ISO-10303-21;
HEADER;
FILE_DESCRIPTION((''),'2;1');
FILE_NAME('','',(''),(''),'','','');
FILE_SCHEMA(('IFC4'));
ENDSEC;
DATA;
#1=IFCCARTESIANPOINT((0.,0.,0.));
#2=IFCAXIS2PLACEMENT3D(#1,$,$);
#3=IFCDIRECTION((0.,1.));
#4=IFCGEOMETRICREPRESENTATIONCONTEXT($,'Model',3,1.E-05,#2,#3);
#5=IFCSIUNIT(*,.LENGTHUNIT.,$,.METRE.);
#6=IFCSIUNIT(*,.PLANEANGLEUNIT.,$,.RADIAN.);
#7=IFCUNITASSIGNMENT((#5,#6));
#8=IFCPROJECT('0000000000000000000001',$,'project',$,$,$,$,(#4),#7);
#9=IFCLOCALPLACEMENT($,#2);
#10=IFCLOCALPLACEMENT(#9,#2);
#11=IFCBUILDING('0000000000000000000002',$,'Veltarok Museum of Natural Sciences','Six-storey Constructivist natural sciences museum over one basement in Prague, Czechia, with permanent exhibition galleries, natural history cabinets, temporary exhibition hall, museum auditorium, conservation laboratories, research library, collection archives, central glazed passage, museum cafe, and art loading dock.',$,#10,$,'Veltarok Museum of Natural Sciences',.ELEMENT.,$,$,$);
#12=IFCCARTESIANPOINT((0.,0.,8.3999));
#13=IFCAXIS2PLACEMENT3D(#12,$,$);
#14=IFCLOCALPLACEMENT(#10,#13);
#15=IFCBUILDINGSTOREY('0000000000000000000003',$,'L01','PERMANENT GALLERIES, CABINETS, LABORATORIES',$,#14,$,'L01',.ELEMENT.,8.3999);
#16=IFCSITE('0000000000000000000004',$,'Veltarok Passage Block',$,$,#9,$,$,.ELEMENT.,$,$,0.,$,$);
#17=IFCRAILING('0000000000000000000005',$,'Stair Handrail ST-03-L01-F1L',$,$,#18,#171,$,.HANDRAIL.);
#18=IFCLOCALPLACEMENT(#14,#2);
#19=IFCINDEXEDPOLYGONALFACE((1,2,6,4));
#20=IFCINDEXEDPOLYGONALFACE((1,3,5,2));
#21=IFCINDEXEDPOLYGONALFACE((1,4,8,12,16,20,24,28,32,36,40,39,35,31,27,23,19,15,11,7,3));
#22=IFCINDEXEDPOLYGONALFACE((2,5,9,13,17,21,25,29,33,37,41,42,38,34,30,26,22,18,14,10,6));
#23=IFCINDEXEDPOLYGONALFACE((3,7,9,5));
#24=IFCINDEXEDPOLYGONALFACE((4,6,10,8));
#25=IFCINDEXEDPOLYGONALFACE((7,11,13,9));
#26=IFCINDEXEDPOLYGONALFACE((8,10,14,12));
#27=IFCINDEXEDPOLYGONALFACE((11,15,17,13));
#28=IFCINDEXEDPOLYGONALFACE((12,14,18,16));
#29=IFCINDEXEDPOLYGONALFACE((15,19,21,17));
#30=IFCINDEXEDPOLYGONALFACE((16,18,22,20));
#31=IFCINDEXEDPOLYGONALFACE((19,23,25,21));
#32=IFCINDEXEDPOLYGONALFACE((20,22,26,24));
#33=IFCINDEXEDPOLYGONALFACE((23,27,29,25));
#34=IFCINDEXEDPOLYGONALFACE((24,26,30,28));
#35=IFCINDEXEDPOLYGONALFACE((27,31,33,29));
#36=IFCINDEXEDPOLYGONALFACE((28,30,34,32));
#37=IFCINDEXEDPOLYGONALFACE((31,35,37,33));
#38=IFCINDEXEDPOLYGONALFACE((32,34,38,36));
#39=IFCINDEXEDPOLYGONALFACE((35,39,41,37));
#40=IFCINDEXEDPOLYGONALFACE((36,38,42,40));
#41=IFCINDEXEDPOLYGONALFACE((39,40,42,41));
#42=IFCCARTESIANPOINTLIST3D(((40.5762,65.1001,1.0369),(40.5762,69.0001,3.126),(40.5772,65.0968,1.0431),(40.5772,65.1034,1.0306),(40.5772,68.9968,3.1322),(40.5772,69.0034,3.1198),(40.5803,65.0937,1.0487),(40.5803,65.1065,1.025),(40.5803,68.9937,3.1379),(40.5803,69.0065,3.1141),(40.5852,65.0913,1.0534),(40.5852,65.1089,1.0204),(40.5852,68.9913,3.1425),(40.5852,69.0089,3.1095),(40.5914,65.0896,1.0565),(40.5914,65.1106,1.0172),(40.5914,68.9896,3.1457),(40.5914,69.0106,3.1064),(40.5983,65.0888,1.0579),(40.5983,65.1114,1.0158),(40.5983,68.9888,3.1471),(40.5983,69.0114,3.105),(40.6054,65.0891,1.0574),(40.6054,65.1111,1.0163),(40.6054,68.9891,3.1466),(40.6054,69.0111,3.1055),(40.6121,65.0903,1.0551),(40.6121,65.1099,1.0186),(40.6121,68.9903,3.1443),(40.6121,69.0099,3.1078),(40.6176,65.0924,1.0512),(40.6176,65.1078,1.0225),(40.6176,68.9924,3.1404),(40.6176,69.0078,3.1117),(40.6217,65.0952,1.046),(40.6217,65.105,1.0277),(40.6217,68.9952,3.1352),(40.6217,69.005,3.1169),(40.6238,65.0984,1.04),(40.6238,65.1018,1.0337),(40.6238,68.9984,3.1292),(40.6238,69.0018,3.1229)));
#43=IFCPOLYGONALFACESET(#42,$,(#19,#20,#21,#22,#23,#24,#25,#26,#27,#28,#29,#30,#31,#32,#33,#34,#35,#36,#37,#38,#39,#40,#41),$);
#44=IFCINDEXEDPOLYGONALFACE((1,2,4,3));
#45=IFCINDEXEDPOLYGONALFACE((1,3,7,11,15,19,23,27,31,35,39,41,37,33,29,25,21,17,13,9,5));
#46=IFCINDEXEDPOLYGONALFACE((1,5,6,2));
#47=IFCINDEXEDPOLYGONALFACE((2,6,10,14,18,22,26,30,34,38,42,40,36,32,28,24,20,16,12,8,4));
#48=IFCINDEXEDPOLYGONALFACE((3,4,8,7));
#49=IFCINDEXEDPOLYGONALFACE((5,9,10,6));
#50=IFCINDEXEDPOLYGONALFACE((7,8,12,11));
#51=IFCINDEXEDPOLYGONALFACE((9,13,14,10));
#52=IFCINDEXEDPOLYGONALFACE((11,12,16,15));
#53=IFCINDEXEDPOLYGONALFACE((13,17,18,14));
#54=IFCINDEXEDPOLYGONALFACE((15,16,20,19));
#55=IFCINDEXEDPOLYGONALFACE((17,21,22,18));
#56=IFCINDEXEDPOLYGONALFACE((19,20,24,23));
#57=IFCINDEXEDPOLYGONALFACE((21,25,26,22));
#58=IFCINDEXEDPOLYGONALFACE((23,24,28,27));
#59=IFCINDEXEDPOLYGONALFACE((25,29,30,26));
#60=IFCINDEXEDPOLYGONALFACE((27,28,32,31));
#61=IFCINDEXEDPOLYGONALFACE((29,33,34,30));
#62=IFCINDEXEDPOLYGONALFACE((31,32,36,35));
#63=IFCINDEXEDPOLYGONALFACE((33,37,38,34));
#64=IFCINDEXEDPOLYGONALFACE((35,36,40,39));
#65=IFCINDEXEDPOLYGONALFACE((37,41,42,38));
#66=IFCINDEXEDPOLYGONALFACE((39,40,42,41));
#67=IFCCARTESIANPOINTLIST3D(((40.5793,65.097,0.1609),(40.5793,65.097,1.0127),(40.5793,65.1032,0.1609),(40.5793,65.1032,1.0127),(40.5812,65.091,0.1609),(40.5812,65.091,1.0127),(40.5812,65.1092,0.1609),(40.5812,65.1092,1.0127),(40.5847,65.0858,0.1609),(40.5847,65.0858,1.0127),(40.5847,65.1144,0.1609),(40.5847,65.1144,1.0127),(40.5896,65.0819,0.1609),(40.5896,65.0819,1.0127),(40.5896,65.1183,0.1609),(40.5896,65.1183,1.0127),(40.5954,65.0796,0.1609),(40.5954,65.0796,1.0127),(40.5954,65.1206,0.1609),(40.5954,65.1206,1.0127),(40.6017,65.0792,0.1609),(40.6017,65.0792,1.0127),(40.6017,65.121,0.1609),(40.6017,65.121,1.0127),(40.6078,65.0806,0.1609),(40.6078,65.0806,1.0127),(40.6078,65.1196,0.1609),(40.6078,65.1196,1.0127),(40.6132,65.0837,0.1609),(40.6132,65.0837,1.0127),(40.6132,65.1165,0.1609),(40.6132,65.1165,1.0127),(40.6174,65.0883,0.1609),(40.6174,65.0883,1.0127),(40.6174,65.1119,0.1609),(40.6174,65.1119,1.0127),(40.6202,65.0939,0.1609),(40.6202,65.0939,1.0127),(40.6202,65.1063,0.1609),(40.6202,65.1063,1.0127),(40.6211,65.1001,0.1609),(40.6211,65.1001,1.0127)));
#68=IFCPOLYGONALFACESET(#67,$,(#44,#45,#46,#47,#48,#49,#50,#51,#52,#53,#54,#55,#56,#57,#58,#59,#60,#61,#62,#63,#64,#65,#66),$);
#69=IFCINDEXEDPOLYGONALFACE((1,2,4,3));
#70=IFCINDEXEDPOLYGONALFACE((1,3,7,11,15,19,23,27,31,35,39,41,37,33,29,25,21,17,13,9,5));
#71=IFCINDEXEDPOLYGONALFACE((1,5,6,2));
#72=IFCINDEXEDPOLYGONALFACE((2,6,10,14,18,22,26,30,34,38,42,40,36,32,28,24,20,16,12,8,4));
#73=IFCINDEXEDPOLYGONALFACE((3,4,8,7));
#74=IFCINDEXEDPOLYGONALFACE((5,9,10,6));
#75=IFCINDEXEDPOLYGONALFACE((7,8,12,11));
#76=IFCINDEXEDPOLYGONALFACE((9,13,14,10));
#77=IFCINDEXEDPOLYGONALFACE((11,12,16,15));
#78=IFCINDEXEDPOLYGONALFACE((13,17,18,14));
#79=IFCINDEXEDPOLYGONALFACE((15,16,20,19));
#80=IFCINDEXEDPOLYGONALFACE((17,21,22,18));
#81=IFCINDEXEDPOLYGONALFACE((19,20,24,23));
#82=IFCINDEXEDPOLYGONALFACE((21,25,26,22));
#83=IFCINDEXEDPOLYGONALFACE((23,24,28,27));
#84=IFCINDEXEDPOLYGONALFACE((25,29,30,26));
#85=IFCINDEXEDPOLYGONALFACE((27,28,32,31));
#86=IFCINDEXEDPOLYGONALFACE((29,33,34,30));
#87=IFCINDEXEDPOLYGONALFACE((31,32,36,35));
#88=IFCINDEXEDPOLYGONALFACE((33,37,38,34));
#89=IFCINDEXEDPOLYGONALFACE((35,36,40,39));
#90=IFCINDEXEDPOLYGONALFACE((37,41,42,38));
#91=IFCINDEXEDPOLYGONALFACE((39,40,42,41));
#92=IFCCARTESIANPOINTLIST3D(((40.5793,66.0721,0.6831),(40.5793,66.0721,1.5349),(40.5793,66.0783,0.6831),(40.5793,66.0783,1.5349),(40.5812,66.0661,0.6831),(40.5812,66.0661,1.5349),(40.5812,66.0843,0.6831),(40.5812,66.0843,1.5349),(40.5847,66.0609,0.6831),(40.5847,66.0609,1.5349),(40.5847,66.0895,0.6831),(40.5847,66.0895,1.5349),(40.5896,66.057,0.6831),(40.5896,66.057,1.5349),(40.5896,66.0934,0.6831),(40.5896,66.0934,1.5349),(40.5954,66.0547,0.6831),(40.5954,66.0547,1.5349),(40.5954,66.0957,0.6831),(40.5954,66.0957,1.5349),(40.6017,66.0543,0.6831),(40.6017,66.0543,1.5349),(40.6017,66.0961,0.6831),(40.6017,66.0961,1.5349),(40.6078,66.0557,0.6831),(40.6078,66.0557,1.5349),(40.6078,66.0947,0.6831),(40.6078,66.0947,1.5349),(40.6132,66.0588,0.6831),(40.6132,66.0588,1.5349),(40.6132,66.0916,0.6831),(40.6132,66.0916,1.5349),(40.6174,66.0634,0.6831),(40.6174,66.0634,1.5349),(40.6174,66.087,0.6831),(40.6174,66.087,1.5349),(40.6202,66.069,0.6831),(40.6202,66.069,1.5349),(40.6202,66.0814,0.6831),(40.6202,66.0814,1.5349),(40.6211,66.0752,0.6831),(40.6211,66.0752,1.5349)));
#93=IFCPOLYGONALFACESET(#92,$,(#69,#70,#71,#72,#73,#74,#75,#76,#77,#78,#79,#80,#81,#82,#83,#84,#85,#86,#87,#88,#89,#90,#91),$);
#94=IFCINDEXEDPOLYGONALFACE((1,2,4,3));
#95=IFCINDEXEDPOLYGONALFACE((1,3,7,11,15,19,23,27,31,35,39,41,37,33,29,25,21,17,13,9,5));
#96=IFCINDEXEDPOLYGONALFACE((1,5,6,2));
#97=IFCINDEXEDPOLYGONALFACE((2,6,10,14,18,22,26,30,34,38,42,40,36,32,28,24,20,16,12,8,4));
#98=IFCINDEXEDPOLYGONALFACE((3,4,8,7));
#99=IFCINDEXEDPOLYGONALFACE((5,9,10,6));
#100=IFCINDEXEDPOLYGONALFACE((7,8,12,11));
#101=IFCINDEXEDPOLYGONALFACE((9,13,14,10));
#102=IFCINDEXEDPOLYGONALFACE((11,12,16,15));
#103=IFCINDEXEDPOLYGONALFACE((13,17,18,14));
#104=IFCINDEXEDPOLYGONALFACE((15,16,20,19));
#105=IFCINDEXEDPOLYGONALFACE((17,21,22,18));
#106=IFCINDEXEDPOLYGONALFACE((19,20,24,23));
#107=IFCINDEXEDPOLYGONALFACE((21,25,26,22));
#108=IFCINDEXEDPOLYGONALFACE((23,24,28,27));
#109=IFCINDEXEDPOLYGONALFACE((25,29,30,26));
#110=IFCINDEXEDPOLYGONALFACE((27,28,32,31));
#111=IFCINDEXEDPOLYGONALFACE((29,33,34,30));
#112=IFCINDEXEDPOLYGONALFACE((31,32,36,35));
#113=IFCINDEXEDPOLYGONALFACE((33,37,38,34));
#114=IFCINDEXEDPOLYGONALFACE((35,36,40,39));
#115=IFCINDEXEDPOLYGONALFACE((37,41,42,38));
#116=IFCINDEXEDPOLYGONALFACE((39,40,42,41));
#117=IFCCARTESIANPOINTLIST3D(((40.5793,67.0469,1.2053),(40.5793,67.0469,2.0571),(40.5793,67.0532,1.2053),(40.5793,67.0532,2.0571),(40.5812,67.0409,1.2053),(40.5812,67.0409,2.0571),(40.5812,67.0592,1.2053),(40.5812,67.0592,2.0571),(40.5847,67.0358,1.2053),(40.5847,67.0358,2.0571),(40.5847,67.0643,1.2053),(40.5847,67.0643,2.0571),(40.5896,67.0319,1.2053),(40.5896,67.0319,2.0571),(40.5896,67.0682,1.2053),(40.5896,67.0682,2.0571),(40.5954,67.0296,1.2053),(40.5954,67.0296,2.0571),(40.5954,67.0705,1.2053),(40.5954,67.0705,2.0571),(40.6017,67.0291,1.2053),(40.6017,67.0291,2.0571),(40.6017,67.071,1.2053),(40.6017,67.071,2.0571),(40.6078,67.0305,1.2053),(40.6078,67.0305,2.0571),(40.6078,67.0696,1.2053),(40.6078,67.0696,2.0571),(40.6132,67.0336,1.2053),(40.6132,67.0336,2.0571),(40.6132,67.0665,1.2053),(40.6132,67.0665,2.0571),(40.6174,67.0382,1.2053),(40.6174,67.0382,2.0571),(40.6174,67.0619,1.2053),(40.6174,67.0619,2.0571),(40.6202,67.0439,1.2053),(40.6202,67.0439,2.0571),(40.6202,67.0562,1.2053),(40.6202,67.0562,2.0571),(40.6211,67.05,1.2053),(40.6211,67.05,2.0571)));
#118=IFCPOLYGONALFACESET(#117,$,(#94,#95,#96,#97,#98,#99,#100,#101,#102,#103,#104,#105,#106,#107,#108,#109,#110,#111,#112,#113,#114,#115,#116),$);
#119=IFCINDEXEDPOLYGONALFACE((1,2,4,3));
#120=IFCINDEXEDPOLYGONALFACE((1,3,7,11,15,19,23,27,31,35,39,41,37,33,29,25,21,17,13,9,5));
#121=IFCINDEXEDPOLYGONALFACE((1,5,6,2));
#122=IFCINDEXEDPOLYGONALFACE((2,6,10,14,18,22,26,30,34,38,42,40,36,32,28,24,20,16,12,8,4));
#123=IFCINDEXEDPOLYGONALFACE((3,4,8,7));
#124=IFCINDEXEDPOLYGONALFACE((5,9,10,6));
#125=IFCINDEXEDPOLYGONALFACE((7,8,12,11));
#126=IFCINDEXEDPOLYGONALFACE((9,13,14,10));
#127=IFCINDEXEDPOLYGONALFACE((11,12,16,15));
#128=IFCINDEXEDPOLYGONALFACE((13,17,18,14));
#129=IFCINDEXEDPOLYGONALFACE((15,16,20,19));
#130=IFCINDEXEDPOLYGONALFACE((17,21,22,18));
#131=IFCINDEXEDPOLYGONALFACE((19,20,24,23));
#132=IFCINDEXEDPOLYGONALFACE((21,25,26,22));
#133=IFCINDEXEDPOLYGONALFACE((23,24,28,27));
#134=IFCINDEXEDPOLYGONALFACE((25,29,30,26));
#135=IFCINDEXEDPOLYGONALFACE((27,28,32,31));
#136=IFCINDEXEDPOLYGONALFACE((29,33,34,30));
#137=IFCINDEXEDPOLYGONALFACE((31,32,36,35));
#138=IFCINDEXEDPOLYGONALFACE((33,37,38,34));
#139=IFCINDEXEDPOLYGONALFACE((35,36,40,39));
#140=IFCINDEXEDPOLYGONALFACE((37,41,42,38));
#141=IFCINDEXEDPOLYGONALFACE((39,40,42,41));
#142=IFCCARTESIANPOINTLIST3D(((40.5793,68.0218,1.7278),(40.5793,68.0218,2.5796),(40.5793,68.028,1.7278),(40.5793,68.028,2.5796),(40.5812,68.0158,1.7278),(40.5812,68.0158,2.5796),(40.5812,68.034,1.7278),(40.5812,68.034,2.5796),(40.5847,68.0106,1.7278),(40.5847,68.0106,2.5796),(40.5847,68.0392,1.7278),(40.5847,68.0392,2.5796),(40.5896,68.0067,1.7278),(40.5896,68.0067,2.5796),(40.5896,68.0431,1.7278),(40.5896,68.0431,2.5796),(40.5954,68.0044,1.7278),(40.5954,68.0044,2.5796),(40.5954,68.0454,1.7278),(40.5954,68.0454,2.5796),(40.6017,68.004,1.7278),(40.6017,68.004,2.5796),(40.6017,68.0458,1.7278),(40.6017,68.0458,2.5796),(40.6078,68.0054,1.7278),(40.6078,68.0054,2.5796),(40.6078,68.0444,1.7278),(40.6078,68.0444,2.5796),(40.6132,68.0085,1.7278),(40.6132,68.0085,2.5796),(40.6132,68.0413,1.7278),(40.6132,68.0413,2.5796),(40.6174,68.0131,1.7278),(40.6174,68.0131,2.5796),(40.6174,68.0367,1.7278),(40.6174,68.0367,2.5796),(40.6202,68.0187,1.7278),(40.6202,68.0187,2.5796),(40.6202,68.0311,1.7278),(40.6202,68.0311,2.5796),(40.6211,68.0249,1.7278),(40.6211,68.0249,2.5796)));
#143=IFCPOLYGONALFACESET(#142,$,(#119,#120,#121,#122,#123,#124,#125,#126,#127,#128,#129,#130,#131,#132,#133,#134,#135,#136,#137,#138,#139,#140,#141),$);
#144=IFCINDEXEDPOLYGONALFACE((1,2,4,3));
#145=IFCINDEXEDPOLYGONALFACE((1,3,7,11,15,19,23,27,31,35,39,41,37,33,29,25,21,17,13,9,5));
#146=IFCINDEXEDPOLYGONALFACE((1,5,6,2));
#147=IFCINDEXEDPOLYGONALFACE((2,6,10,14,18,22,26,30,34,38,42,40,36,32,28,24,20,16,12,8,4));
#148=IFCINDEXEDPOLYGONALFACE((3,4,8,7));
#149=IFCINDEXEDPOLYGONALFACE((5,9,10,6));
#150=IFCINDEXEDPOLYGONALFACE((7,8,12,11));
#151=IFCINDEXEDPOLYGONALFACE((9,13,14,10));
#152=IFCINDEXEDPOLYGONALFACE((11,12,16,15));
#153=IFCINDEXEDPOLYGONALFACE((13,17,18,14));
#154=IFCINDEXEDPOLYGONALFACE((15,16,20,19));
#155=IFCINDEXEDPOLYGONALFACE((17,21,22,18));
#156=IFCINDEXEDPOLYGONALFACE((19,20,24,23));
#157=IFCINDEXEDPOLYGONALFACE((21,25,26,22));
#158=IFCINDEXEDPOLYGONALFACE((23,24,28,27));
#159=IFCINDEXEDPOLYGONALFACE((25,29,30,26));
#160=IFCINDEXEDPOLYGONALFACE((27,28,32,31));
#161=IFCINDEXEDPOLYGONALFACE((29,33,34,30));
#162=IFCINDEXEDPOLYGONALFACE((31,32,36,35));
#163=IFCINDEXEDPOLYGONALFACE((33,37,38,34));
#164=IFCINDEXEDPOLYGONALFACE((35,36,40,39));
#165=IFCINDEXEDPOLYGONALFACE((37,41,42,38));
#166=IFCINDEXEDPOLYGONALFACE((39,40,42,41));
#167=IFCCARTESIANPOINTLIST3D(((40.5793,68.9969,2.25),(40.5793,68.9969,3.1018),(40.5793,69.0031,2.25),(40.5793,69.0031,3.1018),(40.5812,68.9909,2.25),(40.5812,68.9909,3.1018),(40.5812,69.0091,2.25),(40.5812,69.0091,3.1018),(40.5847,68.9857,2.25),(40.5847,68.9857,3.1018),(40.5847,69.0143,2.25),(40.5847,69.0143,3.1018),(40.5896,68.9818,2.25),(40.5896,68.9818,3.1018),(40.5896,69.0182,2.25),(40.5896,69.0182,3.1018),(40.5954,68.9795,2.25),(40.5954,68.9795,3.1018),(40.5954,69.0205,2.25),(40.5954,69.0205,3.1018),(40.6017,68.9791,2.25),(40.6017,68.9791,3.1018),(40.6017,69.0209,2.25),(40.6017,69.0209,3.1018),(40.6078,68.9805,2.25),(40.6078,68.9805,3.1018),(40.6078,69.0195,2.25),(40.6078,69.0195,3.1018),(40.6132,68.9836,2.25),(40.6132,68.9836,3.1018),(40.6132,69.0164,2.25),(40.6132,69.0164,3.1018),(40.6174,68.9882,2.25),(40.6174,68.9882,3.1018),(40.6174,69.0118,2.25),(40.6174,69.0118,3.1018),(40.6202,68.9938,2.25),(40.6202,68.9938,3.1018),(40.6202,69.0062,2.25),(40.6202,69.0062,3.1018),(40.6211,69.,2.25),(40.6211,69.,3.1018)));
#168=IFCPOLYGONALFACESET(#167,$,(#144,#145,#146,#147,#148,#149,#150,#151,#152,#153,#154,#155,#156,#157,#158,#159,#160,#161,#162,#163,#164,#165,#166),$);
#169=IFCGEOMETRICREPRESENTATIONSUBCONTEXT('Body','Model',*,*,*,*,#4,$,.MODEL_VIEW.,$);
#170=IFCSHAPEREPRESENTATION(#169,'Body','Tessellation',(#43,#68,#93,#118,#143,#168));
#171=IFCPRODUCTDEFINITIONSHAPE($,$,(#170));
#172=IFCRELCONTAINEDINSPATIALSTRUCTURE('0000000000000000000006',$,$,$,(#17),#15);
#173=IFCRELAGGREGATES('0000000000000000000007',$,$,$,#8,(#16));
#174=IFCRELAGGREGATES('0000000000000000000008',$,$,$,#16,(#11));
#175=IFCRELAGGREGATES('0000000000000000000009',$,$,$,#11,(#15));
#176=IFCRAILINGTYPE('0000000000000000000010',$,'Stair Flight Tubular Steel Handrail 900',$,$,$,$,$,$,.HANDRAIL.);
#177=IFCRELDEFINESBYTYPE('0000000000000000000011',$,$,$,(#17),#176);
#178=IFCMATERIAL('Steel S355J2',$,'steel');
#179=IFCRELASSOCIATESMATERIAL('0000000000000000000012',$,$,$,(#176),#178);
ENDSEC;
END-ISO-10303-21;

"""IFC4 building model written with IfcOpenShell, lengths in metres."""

from ifc_helpers import new_model, si_unit, direction, frame, origin, origin_2d, place, context, subcontext, project, spatial, circle, extrude, material, type_object, element, save


model = new_model("IFC4")

# Units and contexts
model_context = context("Model", 3, precision=1e-05, world=origin(), true_north=direction((0.0, 1.0)))
body_context = subcontext(model_context, "Body", "Model", "MODEL_VIEW")
ifc_project = project(units=[si_unit("LENGTHUNIT", "METRE"), si_unit("PLANEANGLEUNIT", "RADIAN")], contexts=[model_context])

# Site, building, storey
site_placement = place(None, origin())
site = spatial("IfcSite", under=ifc_project, at=site_placement, Name="Veltarok Passage Block", CompositionType="ELEMENT", RefElevation=0.0)
building_placement = place(site_placement, origin())
building = spatial("IfcBuilding", under=site, at=building_placement, Name="Veltarok Museum of Natural Sciences", Description="Six-storey Constructivist natural sciences museum over one basement in Prague, Czechia, with permanent exhibition galleries, natural history cabinets, temporary exhibition hall, museum auditorium, conservation laboratories, research library, collection archives, central glazed passage, museum cafe, and art loading dock.", LongName="Veltarok Museum of Natural Sciences", CompositionType="ELEMENT")
storey_placement = place(building_placement, frame((0.0, 0.0, 8.3999)))
storey = spatial("IfcBuildingStorey", under=building, at=storey_placement, Name="L01", Description="PERMANENT GALLERIES, CABINETS, LABORATORIES", LongName="L01", CompositionType="ELEMENT", Elevation=8.3999)

# Shared definitions
ifc_material_1 = material(Name="Steel S355J2", Category="steel")

# Railing
railing_type_1 = type_object("IfcRailingType", Name="Stair Flight Tubular Steel Handrail 900", PredefinedType="HANDRAIL", material=ifc_material_1)
for number, where, name in (
    (1, (40.6001, 65.1001, 0.1609), "Stair Handrail ST-03-L01-F1L"),
):
    element("IfcRailing", number, at=place(storey_placement, frame(where)), inside=storey, type_object=railing_type_1, Name=name, PredefinedType="HANDRAIL", context=body_context, shape_type="SweptSolid", body=[
        extrude(circle(Radius=0.0239, at=origin_2d()), frame((0.0, 0.0, 0.876), z_axis=(0.0, 0.881491, 0.4722), x_axis=(-1.0, 0.0, 0.0)), (0.0, 0.0, 1.0), 4.4243),
        extrude(circle(Radius=0.021, at=origin_2d()), origin(), (0.0, 0.0, 1.0), 0.8518),
        extrude(circle(Radius=0.021, at=origin_2d()), frame((0.0, 0.9751, 0.5222)), (0.0, 0.0, 1.0), 0.8518),
        extrude(circle(Radius=0.021, at=origin_2d()), frame((0.0, 1.95, 1.0444)), (0.0, 0.0, 1.0), 0.8518),
        extrude(circle(Radius=0.021, at=origin_2d()), frame((0.0, 2.9248, 1.5669)), (0.0, 0.0, 1.0), 0.8518),
        extrude(circle(Radius=0.021, at=origin_2d()), frame((0.0, 3.8999, 2.0891)), (0.0, 0.0, 1.0), 0.8518),
    ])

save(model, "model.ifc")
